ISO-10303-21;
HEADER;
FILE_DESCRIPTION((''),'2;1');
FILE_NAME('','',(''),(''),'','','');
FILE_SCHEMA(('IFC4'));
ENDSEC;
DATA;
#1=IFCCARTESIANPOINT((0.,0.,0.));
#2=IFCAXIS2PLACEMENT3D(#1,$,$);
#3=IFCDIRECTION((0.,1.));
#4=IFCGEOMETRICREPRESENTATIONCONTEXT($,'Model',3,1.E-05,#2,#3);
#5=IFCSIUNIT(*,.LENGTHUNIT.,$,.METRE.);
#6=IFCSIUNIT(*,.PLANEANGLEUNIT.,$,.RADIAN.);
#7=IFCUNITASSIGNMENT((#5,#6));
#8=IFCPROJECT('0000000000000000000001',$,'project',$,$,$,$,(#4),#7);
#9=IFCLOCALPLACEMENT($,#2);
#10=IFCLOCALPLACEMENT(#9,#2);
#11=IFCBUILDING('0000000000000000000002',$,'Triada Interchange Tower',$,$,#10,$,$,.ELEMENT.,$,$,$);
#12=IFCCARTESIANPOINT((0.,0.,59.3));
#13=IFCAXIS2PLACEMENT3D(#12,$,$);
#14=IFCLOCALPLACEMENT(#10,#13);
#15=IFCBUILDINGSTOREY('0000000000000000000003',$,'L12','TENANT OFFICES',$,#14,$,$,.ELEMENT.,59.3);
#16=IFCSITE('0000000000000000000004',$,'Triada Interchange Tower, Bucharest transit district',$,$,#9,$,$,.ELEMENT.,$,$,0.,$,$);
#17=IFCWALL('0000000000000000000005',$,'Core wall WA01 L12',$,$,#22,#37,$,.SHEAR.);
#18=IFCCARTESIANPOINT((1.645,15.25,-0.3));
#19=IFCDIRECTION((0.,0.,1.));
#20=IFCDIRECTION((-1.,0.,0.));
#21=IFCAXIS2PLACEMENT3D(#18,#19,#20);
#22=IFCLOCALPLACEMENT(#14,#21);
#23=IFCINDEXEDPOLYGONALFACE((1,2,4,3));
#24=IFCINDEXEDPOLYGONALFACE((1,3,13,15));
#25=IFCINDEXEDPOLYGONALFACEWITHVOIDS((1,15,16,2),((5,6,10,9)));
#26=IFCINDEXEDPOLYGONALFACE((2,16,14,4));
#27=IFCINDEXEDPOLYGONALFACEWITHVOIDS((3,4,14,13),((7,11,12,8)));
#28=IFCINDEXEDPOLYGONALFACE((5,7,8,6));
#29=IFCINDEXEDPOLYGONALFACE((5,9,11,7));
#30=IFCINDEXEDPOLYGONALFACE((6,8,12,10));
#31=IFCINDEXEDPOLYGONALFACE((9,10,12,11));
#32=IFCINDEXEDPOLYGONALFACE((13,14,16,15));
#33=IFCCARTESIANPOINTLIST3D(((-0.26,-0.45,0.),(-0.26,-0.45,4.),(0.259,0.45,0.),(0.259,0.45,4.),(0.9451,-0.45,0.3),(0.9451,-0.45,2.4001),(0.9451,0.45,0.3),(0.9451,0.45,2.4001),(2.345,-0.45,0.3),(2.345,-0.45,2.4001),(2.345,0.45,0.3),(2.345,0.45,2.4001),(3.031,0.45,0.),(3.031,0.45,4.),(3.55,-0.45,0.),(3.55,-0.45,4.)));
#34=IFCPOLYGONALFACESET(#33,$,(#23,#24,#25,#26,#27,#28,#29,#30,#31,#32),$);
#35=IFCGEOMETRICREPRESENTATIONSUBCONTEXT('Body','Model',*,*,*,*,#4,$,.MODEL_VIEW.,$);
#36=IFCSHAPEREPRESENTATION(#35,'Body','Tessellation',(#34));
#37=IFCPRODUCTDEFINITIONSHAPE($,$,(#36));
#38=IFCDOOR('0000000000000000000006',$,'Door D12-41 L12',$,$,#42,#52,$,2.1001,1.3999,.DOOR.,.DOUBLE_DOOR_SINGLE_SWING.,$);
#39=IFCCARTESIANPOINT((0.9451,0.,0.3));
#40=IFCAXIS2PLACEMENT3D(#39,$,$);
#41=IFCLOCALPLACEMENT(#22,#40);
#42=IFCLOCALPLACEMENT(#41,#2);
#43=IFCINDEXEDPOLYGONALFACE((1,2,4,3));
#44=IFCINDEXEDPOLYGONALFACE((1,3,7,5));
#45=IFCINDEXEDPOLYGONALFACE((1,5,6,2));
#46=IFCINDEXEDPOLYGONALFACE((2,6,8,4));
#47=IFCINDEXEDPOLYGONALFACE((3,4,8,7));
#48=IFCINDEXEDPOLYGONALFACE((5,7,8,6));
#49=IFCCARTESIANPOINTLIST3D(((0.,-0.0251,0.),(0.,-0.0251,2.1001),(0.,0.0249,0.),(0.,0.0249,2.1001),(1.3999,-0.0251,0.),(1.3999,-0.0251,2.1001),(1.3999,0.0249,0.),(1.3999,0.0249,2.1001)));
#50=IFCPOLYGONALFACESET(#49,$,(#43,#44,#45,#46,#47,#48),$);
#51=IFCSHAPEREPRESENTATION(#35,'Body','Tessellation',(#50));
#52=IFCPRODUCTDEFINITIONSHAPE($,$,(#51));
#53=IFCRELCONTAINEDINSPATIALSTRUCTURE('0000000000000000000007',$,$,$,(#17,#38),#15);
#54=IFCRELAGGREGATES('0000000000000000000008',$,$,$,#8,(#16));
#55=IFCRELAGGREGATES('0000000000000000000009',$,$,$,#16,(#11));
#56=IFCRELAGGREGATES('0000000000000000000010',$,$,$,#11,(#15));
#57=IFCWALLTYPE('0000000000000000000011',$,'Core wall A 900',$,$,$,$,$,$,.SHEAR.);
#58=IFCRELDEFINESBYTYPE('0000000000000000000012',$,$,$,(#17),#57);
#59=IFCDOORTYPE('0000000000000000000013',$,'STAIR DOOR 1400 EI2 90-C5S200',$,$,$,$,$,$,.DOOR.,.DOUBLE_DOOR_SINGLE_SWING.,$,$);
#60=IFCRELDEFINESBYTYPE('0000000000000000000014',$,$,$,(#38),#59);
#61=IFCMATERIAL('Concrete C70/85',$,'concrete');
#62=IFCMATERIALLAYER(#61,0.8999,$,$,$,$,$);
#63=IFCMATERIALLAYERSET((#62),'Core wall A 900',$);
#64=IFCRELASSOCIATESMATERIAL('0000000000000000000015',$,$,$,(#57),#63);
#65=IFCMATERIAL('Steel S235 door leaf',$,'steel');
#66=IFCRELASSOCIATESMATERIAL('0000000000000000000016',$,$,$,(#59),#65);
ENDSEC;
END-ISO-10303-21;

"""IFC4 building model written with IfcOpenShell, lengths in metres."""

from ifc_helpers import new_model, si_unit, direction, frame, frame_2d, origin, place, context, subcontext, project, spatial, polyline, rectangle, outline, extrude, material, layer, layer_set, type_object, element, fill, save


model = new_model("IFC4")

# Units and contexts
model_context = context("Model", 3, precision=1e-05, world=origin(), true_north=direction((0.0, 1.0)))
body_context = subcontext(model_context, "Body", "Model", "MODEL_VIEW")
ifc_project = project(units=[si_unit("LENGTHUNIT", "METRE"), si_unit("PLANEANGLEUNIT", "RADIAN")], contexts=[model_context])

# Site, building, storey
site_placement = place(None, origin())
site = spatial("IfcSite", under=ifc_project, at=site_placement, Name="Triada Interchange Tower, Bucharest transit district", CompositionType="ELEMENT", RefElevation=0.0)
building_placement = place(site_placement, origin())
building = spatial("IfcBuilding", under=site, at=building_placement, Name="Triada Interchange Tower", CompositionType="ELEMENT")
storey_placement = place(building_placement, frame((0.0, 0.0, 59.3)))
storey = spatial("IfcBuildingStorey", under=building, at=storey_placement, Name="L12", Description="TENANT OFFICES", CompositionType="ELEMENT", Elevation=59.3)

# Shared definitions
ifc_material_1 = material(Name="Concrete C70/85", Category="concrete")

# Wall, opening, door
ifc_layer_1 = layer(ifc_material_1, 0.8999)
ifc_layer_set_1 = layer_set([ifc_layer_1], Name="Core wall A 900")
wall_type_1 = type_object("IfcWallType", Name="Core wall A 900", PredefinedType="SHEAR", material=ifc_layer_set_1)
wall_1_placement = place(storey_placement, frame((1.645, 15.25, -0.3), z_axis=(0.0, 0.0, 1.0), x_axis=(-1.0, 0.0, 0.0)))
wall_1 = element("IfcWall", 1, at=wall_1_placement, inside=storey, type_object=wall_type_1, Name="Core wall WA01 L12", PredefinedType="SHEAR", context=body_context, shape_type="SweptSolid", body=[
    extrude(outline(polyline([(-0.26, -0.45), (1.645, -0.45), (3.55, -0.45), (3.031, 0.45), (1.645, 0.45), (0.259, 0.45), (-0.26, -0.45)])), origin(), (0.0, 0.0, 1.0), 4.0),
])
opening_1_placement = place(wall_1_placement, frame((0.9451, 0.0, 0.3)))
opening_1 = element("IfcOpeningElement", 2, at=opening_1_placement, cuts=wall_1, PredefinedType="OPENING", context=body_context, shape_type="SweptSolid", body=[
    extrude(rectangle(XDim=1.3999, YDim=2.1001, at=frame_2d((0.7, 1.05))), frame((0.0, 0.46, 0.0), z_axis=(0.0, -1.0, 0.0), x_axis=(1.0, 0.0, 0.0)), (0.0, 0.0, 1.0), 0.9199),
])
ifc_material_2 = material(Name="Steel S235 door leaf", Category="steel")
door_type_1 = type_object("IfcDoorType", Name="STAIR DOOR 1400 EI2 90-C5S200", OperationType="DOUBLE_DOOR_SINGLE_SWING", PredefinedType="DOOR", material=ifc_material_2)
door_1_placement = place(opening_1_placement, origin())
door_1 = element("IfcDoor", 3, at=door_1_placement, inside=storey, type_object=door_type_1, Name="Door D12-41 L12", OperationType="DOUBLE_DOOR_SINGLE_SWING", OverallHeight=2.1001, OverallWidth=1.3999, PredefinedType="DOOR", context=body_context, shape_type="SweptSolid", body=[
    extrude(rectangle(XDim=1.3999, YDim=2.1001, at=frame_2d((0.7, 1.05))), frame((0.0, 0.0249, 0.0), z_axis=(0.0, -1.0, 0.0), x_axis=(1.0, 0.0, 0.0)), (0.0, 0.0, 1.0), 0.05),
])
fill(opening_1, door_1)

save(model, "model.ifc")
